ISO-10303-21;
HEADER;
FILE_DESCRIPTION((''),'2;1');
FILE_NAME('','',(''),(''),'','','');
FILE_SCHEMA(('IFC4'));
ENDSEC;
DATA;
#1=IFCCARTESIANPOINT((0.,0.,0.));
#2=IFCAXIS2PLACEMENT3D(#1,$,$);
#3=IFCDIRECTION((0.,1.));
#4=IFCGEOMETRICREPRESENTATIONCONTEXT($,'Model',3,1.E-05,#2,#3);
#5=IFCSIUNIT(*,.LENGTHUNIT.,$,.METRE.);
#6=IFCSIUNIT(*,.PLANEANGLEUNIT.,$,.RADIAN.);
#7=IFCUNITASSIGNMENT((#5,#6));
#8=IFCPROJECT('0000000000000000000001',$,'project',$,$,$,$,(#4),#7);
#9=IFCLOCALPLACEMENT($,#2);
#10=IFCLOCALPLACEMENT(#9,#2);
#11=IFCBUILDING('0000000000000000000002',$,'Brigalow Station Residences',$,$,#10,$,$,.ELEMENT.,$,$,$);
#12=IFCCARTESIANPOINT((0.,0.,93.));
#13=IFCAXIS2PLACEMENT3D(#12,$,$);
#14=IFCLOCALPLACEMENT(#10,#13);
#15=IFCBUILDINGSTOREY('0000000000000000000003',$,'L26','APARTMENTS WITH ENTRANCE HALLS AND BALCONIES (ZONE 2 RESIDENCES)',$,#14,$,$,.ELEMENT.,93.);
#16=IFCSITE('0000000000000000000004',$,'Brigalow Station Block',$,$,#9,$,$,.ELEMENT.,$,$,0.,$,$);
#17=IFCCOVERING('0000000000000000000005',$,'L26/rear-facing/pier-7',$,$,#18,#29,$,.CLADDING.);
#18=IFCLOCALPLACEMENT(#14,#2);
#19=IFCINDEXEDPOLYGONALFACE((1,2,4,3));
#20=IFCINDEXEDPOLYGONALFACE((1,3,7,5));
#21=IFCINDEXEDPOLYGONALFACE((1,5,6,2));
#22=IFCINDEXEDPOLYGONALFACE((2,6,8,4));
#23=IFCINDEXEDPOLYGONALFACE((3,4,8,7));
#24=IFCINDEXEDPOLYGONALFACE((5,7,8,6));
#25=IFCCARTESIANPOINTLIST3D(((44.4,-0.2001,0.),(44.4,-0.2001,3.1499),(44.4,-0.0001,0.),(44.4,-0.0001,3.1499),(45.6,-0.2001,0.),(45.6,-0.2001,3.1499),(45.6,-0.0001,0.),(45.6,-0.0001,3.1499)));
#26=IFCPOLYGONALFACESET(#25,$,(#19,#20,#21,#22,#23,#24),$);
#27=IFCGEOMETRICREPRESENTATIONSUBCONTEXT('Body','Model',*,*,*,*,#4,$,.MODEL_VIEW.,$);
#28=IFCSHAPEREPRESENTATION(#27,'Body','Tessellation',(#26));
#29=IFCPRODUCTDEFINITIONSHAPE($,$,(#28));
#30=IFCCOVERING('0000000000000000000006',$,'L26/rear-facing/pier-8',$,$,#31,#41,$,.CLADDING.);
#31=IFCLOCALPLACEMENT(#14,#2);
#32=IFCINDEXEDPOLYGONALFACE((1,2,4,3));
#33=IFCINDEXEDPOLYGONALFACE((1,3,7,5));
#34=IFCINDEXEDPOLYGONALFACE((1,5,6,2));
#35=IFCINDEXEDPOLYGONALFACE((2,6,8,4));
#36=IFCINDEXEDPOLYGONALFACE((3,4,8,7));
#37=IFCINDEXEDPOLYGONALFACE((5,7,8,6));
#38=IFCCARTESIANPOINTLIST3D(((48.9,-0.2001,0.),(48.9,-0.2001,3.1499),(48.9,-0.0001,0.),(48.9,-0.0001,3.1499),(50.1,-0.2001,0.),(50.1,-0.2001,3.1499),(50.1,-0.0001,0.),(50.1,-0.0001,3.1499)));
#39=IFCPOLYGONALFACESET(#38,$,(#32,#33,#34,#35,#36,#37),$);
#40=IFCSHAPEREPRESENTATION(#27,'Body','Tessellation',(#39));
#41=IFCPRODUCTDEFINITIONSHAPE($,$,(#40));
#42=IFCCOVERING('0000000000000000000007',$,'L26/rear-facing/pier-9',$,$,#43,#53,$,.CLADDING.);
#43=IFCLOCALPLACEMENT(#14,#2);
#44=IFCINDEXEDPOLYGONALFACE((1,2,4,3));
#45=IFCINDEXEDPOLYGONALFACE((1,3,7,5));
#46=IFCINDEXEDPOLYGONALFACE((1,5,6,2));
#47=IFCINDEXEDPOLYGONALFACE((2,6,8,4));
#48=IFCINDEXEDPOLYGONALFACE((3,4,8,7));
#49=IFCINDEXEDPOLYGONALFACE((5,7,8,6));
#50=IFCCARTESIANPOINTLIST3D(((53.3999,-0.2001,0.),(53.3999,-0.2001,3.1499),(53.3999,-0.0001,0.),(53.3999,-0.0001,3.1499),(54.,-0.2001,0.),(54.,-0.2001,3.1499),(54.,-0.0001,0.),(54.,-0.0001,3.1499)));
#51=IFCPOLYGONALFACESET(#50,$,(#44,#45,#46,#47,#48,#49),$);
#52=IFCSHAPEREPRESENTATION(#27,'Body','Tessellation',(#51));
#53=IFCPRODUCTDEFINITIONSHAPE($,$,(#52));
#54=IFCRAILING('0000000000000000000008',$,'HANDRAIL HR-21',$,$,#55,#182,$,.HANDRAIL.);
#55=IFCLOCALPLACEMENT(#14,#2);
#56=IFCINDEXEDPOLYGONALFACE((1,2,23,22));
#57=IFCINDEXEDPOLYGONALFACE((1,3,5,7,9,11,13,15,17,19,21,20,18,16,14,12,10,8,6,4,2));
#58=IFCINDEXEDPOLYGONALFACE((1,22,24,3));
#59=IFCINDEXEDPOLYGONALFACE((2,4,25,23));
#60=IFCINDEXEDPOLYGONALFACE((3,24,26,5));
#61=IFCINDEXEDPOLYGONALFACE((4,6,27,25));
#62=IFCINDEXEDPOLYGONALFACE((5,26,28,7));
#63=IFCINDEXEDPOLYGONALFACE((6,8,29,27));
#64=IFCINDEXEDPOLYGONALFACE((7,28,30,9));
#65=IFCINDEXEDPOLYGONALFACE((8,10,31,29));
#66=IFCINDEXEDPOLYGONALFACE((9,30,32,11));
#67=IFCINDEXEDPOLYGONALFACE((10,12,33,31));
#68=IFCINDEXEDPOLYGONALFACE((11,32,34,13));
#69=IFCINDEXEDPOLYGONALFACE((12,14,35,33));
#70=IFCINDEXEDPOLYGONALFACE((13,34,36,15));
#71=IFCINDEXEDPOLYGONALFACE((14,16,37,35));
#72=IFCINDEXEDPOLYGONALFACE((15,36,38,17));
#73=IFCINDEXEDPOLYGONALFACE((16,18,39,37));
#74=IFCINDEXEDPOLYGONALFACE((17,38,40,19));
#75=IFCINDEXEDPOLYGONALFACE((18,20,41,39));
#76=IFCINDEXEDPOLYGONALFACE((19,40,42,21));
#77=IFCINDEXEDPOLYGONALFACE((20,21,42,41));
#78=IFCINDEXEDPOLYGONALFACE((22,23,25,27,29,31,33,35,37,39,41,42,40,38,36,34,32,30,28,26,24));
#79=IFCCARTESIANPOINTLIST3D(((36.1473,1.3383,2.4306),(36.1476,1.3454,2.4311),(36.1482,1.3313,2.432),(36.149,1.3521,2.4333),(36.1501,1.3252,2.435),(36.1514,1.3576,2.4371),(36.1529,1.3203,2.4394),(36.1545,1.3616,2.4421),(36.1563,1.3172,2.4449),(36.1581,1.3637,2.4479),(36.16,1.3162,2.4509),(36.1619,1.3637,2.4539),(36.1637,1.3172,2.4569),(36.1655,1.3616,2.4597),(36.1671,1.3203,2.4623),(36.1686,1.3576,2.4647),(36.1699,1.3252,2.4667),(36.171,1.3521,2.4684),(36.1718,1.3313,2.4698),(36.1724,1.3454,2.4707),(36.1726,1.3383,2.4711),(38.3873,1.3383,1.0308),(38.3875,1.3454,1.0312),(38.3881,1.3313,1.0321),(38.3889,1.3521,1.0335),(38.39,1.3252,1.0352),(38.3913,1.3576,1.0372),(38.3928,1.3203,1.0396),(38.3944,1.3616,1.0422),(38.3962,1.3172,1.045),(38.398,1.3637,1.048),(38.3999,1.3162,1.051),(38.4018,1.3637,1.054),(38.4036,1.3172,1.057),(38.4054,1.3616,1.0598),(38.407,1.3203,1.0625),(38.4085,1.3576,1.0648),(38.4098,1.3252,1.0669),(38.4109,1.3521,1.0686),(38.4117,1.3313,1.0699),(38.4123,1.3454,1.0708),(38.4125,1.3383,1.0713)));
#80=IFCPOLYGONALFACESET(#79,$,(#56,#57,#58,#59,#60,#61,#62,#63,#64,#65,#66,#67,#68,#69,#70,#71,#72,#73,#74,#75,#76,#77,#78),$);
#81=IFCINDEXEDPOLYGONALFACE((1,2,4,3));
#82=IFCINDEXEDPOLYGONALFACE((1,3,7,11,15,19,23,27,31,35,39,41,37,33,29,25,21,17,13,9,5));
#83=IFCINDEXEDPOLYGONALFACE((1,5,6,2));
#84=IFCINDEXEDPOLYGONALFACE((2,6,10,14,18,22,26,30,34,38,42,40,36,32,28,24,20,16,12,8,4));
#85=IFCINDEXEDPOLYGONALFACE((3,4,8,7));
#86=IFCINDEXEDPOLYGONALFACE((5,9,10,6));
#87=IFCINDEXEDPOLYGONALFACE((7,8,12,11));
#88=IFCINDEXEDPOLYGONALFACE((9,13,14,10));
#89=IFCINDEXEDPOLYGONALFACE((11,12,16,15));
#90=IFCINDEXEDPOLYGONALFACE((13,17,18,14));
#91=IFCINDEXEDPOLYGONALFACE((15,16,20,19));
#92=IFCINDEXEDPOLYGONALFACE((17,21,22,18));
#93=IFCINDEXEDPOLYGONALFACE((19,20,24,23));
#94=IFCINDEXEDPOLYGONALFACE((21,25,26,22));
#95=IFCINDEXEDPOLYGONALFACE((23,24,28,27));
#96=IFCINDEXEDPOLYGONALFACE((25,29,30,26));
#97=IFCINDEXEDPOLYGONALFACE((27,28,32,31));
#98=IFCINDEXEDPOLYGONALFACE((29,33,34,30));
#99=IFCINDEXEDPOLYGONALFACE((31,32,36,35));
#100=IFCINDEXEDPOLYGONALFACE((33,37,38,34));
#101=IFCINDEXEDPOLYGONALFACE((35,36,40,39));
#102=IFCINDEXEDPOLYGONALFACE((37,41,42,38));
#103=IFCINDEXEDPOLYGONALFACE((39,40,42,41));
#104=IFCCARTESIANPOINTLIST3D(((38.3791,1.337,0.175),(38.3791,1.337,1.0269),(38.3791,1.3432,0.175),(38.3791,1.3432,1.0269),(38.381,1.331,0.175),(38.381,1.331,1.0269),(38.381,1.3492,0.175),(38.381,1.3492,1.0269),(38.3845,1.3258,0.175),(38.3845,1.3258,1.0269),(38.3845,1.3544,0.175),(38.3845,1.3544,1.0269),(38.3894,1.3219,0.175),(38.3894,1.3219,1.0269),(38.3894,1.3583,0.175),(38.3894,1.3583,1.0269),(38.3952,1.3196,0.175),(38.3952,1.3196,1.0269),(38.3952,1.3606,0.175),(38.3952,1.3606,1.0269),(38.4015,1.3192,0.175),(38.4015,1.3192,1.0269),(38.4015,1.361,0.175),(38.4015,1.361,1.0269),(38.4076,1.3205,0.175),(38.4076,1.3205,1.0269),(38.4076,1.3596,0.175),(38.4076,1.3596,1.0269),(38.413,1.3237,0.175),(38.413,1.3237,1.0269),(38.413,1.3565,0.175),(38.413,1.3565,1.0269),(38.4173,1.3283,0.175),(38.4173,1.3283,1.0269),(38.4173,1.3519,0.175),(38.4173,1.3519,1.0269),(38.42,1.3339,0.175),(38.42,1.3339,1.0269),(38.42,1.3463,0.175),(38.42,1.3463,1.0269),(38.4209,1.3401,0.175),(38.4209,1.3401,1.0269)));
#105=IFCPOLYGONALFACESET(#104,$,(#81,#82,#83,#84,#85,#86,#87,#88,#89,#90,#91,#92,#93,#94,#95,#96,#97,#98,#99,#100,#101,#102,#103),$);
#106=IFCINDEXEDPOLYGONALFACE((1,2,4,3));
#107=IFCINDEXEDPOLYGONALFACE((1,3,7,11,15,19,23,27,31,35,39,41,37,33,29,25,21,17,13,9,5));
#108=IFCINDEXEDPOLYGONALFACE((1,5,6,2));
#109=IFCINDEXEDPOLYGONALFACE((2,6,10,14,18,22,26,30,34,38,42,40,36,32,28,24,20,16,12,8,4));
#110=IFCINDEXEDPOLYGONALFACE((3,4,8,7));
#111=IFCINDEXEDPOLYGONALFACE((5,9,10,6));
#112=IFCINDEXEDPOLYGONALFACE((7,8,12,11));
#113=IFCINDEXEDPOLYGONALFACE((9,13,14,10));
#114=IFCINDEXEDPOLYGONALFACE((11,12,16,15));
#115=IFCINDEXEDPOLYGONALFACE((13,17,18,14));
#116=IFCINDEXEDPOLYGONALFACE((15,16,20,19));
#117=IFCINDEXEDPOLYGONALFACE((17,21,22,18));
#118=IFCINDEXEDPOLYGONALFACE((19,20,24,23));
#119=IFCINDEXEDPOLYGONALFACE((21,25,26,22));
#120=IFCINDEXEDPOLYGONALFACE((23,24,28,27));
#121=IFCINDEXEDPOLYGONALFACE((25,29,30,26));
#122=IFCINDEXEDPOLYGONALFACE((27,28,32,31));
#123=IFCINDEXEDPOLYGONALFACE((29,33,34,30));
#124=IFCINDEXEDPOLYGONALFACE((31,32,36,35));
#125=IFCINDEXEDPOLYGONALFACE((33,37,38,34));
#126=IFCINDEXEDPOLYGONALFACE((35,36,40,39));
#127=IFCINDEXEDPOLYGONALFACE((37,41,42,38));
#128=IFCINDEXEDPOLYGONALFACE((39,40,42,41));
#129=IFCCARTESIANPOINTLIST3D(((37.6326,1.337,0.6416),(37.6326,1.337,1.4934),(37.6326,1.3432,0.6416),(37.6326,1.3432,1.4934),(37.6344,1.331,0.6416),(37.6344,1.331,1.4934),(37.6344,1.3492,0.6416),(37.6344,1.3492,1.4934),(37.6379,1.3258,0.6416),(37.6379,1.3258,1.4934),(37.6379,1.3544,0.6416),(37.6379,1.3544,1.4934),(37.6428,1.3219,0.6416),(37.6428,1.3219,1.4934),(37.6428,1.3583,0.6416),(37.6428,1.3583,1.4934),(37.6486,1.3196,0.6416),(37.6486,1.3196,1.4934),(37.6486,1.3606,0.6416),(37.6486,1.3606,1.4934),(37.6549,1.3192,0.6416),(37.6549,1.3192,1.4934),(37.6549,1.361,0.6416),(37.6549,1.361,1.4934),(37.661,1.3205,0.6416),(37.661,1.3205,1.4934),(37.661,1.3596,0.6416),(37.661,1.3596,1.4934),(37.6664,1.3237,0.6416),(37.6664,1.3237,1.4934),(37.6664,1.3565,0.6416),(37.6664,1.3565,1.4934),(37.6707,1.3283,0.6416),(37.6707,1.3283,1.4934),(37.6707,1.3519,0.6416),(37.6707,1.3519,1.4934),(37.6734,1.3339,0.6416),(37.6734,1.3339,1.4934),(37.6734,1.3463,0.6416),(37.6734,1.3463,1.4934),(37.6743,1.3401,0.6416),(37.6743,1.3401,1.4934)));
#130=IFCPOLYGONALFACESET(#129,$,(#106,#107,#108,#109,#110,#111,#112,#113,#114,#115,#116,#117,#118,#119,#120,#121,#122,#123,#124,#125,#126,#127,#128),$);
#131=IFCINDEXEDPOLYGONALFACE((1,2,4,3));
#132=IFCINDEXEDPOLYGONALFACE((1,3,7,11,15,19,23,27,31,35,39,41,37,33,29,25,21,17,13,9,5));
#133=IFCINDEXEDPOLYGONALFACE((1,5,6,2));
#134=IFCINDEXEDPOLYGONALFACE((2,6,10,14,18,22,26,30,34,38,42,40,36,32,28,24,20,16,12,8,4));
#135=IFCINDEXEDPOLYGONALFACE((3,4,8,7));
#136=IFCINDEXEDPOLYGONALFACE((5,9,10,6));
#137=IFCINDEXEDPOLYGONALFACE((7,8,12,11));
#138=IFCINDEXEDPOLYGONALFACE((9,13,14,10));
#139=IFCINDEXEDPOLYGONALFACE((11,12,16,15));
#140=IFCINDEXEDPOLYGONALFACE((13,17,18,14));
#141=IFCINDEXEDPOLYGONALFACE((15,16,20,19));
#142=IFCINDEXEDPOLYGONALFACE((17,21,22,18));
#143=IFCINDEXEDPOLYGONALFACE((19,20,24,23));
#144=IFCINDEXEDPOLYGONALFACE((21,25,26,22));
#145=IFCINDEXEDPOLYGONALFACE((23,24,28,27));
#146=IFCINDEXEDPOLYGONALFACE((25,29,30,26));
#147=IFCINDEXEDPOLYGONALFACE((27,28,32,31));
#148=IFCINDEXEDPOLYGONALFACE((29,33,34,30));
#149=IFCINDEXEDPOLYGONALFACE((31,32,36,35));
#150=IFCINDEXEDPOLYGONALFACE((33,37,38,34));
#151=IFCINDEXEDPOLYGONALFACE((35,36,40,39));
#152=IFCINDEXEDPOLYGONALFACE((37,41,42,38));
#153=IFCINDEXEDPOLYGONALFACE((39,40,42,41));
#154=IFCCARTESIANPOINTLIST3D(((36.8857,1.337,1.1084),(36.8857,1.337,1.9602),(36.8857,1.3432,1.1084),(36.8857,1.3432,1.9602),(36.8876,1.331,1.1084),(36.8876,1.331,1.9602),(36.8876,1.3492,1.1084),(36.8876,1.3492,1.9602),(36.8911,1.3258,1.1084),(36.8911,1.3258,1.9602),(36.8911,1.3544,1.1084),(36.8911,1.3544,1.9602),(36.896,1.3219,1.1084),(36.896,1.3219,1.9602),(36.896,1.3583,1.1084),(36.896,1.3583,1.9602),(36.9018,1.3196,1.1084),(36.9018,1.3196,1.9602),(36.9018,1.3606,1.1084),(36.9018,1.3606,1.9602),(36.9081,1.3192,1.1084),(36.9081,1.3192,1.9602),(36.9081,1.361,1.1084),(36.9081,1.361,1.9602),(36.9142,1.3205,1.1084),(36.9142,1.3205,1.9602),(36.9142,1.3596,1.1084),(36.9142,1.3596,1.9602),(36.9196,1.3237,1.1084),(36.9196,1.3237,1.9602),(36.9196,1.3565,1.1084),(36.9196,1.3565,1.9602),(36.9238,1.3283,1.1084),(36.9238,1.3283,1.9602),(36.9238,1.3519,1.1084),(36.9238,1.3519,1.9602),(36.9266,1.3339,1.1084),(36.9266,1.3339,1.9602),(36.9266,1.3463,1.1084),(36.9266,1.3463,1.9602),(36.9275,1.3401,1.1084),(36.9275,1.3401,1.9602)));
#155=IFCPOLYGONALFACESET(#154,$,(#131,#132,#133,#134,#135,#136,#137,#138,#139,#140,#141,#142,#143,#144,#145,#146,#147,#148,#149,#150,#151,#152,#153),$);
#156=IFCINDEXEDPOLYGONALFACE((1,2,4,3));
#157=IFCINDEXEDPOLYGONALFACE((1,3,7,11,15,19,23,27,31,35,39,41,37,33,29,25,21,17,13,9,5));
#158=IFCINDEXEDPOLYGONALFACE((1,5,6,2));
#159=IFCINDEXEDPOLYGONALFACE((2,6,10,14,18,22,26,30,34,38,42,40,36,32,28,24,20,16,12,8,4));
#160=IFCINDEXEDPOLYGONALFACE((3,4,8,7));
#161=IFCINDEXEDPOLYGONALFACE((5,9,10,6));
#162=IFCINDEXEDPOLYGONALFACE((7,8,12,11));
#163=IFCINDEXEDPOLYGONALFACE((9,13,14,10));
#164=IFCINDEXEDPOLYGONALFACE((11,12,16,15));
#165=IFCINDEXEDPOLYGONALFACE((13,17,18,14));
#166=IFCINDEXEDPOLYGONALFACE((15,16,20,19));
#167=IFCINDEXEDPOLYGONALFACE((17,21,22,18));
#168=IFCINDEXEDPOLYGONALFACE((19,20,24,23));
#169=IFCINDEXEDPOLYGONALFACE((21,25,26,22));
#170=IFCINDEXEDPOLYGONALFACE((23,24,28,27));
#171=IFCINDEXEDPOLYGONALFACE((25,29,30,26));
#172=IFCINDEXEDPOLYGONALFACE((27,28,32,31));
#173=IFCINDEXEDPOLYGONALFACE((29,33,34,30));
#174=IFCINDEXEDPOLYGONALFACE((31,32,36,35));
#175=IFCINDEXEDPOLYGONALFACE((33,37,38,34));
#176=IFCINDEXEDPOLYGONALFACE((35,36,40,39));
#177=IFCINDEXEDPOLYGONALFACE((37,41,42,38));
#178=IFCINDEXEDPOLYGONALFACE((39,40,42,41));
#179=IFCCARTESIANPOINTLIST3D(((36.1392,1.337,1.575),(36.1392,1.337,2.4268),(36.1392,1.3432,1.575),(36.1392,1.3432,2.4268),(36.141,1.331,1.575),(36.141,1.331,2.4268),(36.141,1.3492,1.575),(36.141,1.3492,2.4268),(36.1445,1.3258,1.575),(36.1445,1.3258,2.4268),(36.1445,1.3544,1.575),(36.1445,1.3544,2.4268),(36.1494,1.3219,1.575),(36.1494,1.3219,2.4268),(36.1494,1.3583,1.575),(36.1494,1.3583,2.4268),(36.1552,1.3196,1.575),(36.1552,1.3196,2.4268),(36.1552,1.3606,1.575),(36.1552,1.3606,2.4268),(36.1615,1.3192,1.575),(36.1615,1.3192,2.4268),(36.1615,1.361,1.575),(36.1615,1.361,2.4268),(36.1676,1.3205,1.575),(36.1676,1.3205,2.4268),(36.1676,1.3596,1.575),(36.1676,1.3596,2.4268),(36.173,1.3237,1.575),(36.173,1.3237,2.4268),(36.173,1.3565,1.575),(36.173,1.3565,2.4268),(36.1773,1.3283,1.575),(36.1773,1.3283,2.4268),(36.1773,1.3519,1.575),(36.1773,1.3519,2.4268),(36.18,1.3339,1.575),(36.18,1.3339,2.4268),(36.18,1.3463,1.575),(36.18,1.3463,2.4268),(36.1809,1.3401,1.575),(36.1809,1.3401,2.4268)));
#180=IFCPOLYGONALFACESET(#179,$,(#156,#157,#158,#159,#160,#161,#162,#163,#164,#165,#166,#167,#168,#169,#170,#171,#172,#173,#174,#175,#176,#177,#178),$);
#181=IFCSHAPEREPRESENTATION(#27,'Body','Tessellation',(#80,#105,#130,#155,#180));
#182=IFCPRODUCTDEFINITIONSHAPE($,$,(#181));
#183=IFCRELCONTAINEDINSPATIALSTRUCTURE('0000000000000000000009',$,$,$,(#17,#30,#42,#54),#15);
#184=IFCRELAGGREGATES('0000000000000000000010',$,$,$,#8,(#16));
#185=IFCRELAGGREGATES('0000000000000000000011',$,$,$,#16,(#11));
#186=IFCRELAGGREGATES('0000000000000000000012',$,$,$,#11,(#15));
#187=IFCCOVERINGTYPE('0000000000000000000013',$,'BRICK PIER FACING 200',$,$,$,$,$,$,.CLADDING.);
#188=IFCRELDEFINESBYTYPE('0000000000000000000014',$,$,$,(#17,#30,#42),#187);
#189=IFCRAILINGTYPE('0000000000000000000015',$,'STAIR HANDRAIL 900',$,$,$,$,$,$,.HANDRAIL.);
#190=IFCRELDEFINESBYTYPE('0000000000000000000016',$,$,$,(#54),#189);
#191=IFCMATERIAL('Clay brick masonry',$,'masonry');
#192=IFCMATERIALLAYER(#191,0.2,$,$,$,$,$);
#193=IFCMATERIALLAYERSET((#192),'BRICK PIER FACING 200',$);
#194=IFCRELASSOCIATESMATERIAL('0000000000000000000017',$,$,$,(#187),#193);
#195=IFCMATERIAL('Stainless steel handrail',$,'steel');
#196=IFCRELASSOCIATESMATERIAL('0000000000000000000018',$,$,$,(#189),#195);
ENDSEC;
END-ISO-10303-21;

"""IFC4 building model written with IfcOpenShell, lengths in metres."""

from ifc_helpers import new_model, si_unit, direction, frame, origin, origin_2d, place, context, subcontext, project, spatial, rectangle, circle, extrude, material, layer, layer_set, type_object, element, save


model = new_model("IFC4")

# Units and contexts
model_context = context("Model", 3, precision=1e-05, world=origin(), true_north=direction((0.0, 1.0)))
body_context = subcontext(model_context, "Body", "Model", "MODEL_VIEW")
ifc_project = project(units=[si_unit("LENGTHUNIT", "METRE"), si_unit("PLANEANGLEUNIT", "RADIAN")], contexts=[model_context])

# Site, building, storey
site_placement = place(None, origin())
site = spatial("IfcSite", under=ifc_project, at=site_placement, Name="Brigalow Station Block", CompositionType="ELEMENT", RefElevation=0.0)
building_placement = place(site_placement, origin())
building = spatial("IfcBuilding", under=site, at=building_placement, Name="Brigalow Station Residences", CompositionType="ELEMENT")
storey_placement = place(building_placement, frame((0.0, 0.0, 93.0)))
storey = spatial("IfcBuildingStorey", under=building, at=storey_placement, Name="L26", Description="APARTMENTS WITH ENTRANCE HALLS AND BALCONIES (ZONE 2 RESIDENCES)", CompositionType="ELEMENT", Elevation=93.0)

# Coverings
ifc_material_1 = material(Name="Clay brick masonry", Category="masonry")
ifc_layer_1 = layer(ifc_material_1, 0.2)
ifc_layer_set_1 = layer_set([ifc_layer_1], Name="BRICK PIER FACING 200")
covering_type_1 = type_object("IfcCoveringType", Name="BRICK PIER FACING 200", PredefinedType="CLADDING", material=ifc_layer_set_1)
for number, where, z_axis, x_axis, name in (
    (1, (45.0, -0.1001, 0.0), (0.0, 0.0, 1.0), (1.0, 0.0, 0.0), "L26/rear-facing/pier-7"),
    (2, (49.5, -0.1001, 0.0), (0.0, 0.0, 1.0), (1.0, 0.0, 0.0), "L26/rear-facing/pier-8"),
):
    element("IfcCovering", number, at=place(storey_placement, frame(where, z_axis=z_axis, x_axis=x_axis)), inside=storey, type_object=covering_type_1, Name=name, PredefinedType="CLADDING", context=body_context, shape_type="SweptSolid", body=[
        extrude(rectangle(XDim=1.2, YDim=0.2, at=origin_2d()), origin(), (0.0, 0.0, 1.0), 3.1499),
    ])
covering_placement = place(storey_placement, frame((53.7, -0.1001, 0.0), z_axis=(0.0, 0.0, 1.0), x_axis=(1.0, 0.0, 0.0)))
element("IfcCovering", 3, at=covering_placement, inside=storey, type_object=covering_type_1, Name="L26/rear-facing/pier-9", PredefinedType="CLADDING", context=body_context, shape_type="SweptSolid", body=[
    extrude(rectangle(XDim=0.6001, YDim=0.2, at=origin_2d()), origin(), (0.0, 0.0, 1.0), 3.1499),
])

# Railing
ifc_material_2 = material(Name="Stainless steel handrail", Category="steel")
railing_type_1 = type_object("IfcRailingType", Name="STAIR HANDRAIL 900", PredefinedType="HANDRAIL", material=ifc_material_2)
railing_1_placement = place(storey_placement, frame((38.3999, 1.3401, 0.175)))
element("IfcRailing", 4, at=railing_1_placement, inside=storey, type_object=railing_type_1, Name="HANDRAIL HR-21", PredefinedType="HANDRAIL", context=body_context, shape_type="SweptSolid", body=[
    extrude(circle(Radius=0.0239, at=origin_2d()), frame((0.0, 0.0, 0.876), z_axis=(-0.848014, 0.0, 0.529974), x_axis=(0.0, -1.0, 0.0)), (0.0, 0.0, 1.0), 2.6414),
    extrude(circle(Radius=0.021, at=origin_2d()), origin(), (0.0, 0.0, 1.0), 0.8518),
    extrude(circle(Radius=0.021, at=origin_2d()), frame((-0.7466, 0.0, 0.4666)), (0.0, 0.0, 1.0), 0.8518),
    extrude(circle(Radius=0.021, at=origin_2d()), frame((-1.4934, 0.0, 0.9333)), (0.0, 0.0, 1.0), 0.8518),
    extrude(circle(Radius=0.021, at=origin_2d()), frame((-2.24, 0.0, 1.3999)), (0.0, 0.0, 1.0), 0.8518),
])

save(model, "model.ifc")
